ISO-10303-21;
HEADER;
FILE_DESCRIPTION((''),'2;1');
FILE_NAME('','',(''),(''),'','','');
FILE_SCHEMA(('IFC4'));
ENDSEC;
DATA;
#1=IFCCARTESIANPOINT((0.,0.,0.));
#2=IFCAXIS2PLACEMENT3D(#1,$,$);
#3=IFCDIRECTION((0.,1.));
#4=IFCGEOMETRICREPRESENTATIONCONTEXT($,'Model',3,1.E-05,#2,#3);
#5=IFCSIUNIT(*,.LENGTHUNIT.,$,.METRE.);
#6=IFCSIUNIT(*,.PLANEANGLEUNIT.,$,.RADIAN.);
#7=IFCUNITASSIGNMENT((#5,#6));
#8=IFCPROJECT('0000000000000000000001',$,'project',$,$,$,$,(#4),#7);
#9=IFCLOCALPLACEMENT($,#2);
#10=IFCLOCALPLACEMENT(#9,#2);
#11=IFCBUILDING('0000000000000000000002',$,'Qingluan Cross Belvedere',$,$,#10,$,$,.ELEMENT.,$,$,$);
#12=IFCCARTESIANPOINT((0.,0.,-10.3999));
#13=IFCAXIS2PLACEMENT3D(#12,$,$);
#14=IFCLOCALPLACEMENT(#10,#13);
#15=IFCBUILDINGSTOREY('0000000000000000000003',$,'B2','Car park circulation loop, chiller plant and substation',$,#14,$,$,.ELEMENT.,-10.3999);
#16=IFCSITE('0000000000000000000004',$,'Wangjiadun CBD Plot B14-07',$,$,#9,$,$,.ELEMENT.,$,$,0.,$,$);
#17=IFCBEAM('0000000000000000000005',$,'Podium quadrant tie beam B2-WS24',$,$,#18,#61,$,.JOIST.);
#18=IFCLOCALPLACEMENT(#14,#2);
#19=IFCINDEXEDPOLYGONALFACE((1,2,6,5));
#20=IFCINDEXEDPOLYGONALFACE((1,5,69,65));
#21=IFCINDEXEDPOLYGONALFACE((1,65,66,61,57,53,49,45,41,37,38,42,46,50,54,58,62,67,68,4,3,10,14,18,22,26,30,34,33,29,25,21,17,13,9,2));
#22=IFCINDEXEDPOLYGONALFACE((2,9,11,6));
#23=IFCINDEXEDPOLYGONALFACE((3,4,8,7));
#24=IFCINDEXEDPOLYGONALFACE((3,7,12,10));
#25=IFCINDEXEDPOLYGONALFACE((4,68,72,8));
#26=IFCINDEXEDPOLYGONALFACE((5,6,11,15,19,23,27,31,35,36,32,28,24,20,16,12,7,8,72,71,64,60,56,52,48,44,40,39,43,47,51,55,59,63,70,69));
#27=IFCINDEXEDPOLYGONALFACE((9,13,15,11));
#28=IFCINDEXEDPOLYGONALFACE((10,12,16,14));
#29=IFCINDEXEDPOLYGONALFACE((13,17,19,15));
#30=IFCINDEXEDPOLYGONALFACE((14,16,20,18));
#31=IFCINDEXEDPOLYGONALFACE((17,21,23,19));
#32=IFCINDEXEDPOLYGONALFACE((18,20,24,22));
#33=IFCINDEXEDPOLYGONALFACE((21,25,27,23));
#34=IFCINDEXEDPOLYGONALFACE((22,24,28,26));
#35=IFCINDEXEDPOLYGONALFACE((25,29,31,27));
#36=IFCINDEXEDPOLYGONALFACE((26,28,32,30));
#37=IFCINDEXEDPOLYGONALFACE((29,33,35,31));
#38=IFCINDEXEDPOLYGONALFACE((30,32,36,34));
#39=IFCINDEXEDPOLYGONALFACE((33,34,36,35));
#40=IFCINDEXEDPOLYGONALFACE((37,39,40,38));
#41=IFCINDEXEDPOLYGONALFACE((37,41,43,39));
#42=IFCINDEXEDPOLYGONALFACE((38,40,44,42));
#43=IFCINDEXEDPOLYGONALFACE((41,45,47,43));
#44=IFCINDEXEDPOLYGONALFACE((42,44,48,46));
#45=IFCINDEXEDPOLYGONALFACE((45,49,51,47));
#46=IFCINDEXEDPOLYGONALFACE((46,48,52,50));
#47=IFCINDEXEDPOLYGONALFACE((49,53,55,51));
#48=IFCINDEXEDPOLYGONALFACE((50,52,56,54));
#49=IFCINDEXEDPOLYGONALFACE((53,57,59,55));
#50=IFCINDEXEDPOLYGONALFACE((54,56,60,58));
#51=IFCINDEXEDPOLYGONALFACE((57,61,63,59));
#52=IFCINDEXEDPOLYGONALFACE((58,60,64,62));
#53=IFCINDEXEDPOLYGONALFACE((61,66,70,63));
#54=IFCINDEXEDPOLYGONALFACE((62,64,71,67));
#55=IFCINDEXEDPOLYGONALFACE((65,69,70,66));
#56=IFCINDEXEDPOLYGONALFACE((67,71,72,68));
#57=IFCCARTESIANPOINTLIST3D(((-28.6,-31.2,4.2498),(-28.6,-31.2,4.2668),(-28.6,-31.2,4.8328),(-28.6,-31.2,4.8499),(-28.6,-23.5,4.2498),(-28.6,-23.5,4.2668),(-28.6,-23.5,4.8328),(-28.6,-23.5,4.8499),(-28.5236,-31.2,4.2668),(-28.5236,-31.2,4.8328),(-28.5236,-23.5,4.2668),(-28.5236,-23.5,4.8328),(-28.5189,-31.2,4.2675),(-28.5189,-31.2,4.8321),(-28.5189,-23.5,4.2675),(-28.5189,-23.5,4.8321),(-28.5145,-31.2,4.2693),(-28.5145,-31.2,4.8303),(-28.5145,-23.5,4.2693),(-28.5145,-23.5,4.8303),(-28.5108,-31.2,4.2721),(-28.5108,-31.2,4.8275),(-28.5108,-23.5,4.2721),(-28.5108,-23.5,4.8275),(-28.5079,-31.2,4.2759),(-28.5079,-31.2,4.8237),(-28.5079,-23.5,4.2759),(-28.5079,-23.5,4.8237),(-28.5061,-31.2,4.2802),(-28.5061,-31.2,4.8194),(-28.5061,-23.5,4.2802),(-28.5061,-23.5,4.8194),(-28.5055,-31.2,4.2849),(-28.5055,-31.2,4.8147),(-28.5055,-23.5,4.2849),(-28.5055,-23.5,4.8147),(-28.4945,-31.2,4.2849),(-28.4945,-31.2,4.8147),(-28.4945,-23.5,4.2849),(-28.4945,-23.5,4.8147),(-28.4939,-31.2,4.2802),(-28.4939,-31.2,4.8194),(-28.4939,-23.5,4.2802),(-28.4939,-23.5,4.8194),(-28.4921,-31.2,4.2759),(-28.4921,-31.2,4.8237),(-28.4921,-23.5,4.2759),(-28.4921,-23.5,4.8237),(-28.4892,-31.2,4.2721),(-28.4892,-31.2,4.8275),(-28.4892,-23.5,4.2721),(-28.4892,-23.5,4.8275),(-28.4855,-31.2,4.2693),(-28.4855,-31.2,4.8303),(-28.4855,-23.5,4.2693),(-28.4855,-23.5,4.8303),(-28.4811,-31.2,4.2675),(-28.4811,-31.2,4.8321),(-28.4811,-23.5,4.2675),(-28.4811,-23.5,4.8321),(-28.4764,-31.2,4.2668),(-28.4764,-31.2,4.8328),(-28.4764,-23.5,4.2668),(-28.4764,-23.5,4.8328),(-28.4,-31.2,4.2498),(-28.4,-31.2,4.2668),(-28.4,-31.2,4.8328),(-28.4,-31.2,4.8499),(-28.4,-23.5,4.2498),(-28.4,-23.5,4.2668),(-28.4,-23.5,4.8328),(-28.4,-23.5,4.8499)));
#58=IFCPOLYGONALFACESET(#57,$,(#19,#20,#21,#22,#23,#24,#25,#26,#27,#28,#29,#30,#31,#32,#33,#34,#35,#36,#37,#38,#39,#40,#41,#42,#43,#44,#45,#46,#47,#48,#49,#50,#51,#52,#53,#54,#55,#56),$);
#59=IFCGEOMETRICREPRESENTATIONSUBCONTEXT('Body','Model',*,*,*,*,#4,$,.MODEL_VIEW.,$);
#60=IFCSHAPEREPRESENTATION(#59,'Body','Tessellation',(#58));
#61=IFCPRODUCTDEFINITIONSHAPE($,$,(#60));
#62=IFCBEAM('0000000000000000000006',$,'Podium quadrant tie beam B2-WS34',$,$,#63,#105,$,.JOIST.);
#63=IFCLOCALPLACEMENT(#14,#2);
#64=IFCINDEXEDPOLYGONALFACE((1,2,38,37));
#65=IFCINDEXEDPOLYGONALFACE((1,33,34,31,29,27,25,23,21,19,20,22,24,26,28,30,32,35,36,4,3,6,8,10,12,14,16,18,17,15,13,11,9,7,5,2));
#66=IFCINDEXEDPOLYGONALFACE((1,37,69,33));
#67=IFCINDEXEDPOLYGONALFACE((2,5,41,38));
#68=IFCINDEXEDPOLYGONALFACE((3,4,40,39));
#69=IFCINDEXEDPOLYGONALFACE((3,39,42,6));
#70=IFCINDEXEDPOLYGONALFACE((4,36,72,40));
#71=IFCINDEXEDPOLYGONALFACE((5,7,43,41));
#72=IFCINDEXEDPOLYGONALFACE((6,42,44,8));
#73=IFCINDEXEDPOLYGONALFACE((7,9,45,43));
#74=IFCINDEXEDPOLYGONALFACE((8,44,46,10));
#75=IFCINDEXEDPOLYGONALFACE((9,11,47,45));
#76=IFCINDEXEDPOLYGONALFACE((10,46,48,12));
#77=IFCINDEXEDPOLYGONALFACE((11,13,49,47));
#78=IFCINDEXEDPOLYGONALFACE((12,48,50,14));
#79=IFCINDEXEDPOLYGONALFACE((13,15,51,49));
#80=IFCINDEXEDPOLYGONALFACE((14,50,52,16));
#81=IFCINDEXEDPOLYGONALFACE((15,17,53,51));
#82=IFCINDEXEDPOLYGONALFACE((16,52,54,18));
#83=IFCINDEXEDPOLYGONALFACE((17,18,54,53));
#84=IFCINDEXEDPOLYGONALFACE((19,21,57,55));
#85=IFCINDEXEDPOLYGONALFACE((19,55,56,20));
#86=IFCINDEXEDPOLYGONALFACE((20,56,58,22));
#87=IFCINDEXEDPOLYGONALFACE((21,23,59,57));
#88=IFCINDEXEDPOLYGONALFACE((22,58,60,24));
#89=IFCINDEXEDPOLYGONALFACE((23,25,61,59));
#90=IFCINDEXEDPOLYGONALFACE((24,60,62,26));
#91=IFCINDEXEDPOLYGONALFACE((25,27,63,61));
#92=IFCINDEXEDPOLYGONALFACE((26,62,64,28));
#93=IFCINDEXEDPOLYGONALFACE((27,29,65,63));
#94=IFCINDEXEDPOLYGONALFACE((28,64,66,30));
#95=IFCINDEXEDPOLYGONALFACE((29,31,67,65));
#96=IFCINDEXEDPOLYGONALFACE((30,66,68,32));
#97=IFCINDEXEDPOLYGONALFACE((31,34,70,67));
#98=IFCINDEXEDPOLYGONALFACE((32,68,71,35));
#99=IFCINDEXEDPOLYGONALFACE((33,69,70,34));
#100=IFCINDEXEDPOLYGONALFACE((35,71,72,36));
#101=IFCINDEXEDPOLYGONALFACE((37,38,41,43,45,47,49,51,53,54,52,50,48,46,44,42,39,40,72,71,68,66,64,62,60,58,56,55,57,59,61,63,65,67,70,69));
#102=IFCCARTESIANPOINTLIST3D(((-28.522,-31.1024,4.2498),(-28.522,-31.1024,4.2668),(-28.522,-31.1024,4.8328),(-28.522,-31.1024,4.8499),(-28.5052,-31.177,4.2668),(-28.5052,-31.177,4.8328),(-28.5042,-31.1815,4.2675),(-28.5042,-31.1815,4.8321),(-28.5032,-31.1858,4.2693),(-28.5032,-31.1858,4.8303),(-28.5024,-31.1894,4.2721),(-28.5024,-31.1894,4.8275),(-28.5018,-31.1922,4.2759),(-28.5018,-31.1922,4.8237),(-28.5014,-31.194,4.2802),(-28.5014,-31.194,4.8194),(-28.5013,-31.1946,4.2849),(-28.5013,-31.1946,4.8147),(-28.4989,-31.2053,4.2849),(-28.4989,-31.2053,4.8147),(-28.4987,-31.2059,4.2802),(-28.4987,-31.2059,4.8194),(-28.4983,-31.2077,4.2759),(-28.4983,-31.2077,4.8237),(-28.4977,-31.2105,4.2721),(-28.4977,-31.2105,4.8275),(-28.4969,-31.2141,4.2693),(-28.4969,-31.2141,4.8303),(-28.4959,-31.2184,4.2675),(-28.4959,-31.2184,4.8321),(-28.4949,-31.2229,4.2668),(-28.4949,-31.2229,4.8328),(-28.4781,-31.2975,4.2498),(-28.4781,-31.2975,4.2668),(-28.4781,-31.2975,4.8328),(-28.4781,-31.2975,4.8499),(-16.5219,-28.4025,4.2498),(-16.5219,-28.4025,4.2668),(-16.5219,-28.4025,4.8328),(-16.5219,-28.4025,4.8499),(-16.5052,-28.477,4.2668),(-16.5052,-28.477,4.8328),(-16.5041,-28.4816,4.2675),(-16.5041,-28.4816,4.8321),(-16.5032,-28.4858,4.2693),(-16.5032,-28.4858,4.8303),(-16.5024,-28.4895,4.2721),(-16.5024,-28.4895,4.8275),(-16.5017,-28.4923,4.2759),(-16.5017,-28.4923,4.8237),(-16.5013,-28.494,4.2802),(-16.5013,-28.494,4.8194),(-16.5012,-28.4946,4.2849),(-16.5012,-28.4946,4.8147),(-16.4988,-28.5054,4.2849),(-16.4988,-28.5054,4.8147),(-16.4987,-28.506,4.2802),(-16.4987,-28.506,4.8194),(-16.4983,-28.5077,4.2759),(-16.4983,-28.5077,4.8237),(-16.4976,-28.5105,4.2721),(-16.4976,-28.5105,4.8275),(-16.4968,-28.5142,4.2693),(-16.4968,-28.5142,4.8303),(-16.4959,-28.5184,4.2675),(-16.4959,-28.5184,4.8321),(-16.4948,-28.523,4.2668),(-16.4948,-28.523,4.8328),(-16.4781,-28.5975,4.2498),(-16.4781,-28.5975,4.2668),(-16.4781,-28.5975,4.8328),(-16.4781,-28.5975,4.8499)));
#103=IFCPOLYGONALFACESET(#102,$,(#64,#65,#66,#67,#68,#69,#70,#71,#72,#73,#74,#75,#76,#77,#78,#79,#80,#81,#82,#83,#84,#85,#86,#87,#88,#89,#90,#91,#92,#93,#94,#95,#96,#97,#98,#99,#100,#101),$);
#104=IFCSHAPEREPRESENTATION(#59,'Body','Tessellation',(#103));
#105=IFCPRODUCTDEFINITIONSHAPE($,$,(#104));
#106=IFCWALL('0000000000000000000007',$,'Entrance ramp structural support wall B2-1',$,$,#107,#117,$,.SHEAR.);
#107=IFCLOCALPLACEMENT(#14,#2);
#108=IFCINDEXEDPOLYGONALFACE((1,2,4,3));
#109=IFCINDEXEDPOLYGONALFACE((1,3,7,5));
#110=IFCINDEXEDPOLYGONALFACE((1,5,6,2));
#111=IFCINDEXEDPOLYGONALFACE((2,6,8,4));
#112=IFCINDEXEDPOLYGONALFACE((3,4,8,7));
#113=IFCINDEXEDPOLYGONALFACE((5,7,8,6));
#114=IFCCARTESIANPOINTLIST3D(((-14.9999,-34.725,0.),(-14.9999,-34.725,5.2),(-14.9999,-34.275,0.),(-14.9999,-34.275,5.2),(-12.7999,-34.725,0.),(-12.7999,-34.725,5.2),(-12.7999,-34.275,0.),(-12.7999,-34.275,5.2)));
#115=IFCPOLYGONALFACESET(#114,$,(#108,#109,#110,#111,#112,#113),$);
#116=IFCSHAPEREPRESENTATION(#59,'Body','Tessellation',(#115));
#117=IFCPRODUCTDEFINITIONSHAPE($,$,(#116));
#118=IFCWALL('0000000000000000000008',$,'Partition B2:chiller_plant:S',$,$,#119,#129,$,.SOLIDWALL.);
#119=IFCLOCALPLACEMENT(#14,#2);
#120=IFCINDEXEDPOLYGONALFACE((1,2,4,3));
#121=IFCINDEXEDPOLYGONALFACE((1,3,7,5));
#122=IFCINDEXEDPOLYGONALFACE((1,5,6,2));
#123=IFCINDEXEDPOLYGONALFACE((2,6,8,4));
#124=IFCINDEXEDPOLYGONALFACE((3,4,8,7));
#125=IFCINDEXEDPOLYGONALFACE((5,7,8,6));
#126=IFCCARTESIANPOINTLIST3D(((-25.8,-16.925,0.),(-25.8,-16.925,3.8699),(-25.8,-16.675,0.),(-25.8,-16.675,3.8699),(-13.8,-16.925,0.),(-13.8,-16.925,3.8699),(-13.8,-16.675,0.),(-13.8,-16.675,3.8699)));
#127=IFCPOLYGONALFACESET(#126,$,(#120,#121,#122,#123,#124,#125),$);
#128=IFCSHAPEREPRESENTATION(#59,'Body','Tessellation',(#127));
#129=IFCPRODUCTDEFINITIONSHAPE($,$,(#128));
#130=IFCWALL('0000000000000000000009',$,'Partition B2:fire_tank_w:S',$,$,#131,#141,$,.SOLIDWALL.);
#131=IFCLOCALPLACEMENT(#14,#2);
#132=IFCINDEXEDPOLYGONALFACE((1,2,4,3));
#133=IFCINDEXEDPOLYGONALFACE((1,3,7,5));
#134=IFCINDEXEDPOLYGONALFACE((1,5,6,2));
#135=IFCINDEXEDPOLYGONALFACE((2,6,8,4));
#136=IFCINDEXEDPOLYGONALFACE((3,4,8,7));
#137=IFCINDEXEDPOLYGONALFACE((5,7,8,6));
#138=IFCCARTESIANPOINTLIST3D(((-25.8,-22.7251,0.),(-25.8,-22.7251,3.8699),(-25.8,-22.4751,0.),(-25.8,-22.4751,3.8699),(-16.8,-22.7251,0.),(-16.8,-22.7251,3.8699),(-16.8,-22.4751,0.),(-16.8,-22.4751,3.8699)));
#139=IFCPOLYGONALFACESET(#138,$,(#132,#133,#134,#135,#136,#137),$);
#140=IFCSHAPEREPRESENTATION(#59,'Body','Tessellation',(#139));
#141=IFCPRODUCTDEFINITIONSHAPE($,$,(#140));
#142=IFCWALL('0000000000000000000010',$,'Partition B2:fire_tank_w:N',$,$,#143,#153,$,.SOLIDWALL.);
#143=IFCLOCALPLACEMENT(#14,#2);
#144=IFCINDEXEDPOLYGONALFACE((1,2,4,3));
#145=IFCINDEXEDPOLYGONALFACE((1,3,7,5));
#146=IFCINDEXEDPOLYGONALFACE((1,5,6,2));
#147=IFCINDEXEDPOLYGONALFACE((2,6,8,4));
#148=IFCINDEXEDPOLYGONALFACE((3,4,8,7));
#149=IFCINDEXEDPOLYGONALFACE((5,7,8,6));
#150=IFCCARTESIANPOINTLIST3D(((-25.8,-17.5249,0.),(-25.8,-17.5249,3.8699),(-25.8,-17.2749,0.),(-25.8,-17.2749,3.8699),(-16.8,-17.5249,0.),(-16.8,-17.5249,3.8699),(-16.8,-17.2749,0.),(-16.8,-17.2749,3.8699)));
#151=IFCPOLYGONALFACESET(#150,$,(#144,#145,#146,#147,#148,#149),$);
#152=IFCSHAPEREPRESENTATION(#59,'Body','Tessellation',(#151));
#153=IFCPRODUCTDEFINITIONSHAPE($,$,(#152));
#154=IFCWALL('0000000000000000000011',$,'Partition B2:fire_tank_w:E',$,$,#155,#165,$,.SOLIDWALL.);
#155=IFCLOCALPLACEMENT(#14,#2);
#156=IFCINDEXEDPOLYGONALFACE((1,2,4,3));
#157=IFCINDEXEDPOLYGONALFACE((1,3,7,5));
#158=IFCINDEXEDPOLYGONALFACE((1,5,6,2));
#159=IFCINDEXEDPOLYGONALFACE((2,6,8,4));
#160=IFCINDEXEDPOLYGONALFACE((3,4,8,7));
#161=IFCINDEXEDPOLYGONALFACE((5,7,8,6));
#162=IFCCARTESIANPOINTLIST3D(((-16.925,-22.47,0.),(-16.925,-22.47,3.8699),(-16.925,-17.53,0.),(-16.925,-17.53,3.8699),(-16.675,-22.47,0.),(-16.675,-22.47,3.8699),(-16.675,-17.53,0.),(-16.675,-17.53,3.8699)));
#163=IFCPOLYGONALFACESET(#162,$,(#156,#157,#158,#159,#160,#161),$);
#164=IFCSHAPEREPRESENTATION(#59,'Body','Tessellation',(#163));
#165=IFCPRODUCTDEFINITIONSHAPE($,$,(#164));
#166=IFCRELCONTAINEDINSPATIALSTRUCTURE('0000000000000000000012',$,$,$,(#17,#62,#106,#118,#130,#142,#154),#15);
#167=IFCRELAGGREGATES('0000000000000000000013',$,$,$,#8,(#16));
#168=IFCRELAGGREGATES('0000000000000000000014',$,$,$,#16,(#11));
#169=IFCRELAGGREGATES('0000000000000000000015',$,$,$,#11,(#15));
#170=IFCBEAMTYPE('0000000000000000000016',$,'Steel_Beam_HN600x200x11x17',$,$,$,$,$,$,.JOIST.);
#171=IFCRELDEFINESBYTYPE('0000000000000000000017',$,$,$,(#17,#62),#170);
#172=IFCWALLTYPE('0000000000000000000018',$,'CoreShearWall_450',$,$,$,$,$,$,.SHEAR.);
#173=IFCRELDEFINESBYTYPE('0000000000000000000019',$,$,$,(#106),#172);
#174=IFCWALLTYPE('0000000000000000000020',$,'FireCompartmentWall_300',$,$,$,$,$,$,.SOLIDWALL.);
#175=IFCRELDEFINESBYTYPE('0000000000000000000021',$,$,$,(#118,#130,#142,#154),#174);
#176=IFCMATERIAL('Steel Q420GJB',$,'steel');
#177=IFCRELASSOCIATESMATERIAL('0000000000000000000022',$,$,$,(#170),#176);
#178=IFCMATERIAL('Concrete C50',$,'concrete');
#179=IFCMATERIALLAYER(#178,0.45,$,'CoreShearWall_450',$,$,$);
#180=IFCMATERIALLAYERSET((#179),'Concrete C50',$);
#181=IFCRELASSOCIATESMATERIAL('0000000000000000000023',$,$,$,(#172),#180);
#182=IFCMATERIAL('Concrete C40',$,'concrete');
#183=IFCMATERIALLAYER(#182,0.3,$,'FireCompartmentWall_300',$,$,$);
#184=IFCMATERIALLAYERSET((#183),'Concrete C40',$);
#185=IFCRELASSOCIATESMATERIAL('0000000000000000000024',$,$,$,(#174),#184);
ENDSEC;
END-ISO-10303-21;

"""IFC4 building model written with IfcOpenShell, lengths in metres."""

from ifc_helpers import new_model, si_unit, direction, frame, frame_2d, origin, origin_2d, place, context, subcontext, project, spatial, rectangle, i_section, extrude, material, layer, layer_set, material_profile, profile_set, type_object, element, save


model = new_model("IFC4")

# Units and contexts
model_context = context("Model", 3, precision=1e-05, world=origin(), true_north=direction((0.0, 1.0)))
body_context = subcontext(model_context, "Body", "Model", "MODEL_VIEW")
ifc_project = project(units=[si_unit("LENGTHUNIT", "METRE"), si_unit("PLANEANGLEUNIT", "RADIAN")], contexts=[model_context])

# Site, building, storey
site_placement = place(None, origin())
site = spatial("IfcSite", under=ifc_project, at=site_placement, Name="Wangjiadun CBD Plot B14-07", CompositionType="ELEMENT", RefElevation=0.0)
building_placement = place(site_placement, origin())
building = spatial("IfcBuilding", under=site, at=building_placement, Name="Qingluan Cross Belvedere", CompositionType="ELEMENT")
storey_placement = place(building_placement, frame((0.0, 0.0, -10.3999)))
storey = spatial("IfcBuildingStorey", under=building, at=storey_placement, Name="B2", Description="Car park circulation loop, chiller plant and substation", CompositionType="ELEMENT", Elevation=-10.3999)

# Beams
ifc_material_1 = material(Name="Steel Q420GJB", Category="steel")
ifc_material_profile_1 = material_profile(ifc_material_1, i_section(OverallWidth=0.2, OverallDepth=0.6001, WebThickness=0.011, FlangeThickness=0.0171, FilletRadius=0.0181, at=origin_2d()), Name="HN600x200x11x17")
ifc_profile_set_1 = profile_set([ifc_material_profile_1], Name="Steel Q420GJB")
beam_type = type_object("IfcBeamType", Name="Steel_Beam_HN600x200x11x17", PredefinedType="JOIST", material=ifc_profile_set_1)
beam_1_placement = place(storey_placement, frame((-28.5, -23.5, 4.5498), z_axis=(0.0, -1.0, 0.0), x_axis=(1.0, 0.0, 0.0)))
element("IfcBeam", 1, at=beam_1_placement, inside=storey, type_object=beam_type, Name="Podium quadrant tie beam B2-WS24", PredefinedType="JOIST", context=body_context, shape_type="SweptSolid", body=[
    extrude(i_section(OverallWidth=0.2, OverallDepth=0.6001, WebThickness=0.011, FlangeThickness=0.0171, FilletRadius=0.0181, at=origin_2d()), origin(), (0.0, 0.0, 1.0), 7.7),
])
beam_2_placement = place(storey_placement, frame((-16.5, -28.5, 4.5498), z_axis=(-0.975611, -0.219508, 0.0), x_axis=(0.219508, -0.975611, 0.0)))
element("IfcBeam", 2, at=beam_2_placement, inside=storey, type_object=beam_type, Name="Podium quadrant tie beam B2-WS34", PredefinedType="JOIST", context=body_context, shape_type="SweptSolid", body=[
    extrude(i_section(OverallWidth=0.2, OverallDepth=0.6001, WebThickness=0.011, FlangeThickness=0.0171, FilletRadius=0.0181, at=origin_2d()), origin(), (0.0, 0.0, 1.0), 12.3),
])

# Wall
ifc_material_2 = material(Name="Concrete C50", Category="concrete")
ifc_layer_1 = layer(ifc_material_2, 0.45, Name="CoreShearWall_450")
ifc_layer_set_1 = layer_set([ifc_layer_1], Name="Concrete C50")
wall_type_1 = type_object("IfcWallType", Name="CoreShearWall_450", PredefinedType="SHEAR", material=ifc_layer_set_1)
wall_1_placement = place(storey_placement, frame((-15.0, -34.5, 0.0), z_axis=(0.0, 0.0, 1.0), x_axis=(1.0, 0.0, 0.0)))
element("IfcWall", 3, at=wall_1_placement, inside=storey, type_object=wall_type_1, Name="Entrance ramp structural support wall B2-1", PredefinedType="SHEAR", context=body_context, shape_type="SweptSolid", body=[
    extrude(rectangle(XDim=2.2, YDim=0.45, at=frame_2d((1.1001, 0.0))), origin(), (0.0, 0.0, 1.0), 5.2),
])

# Shared definitions
ifc_material_3 = material(Name="Concrete C40", Category="concrete")
ifc_layer_2 = layer(ifc_material_3, 0.3, Name="FireCompartmentWall_300")
ifc_layer_set_2 = layer_set([ifc_layer_2], Name="Concrete C40")
wall_type_2 = type_object("IfcWallType", Name="FireCompartmentWall_300", PredefinedType="SOLIDWALL", material=ifc_layer_set_2)

# Walls
wall_2_placement = place(storey_placement, frame((-25.8, -16.8, 0.0), z_axis=(0.0, 0.0, 1.0), x_axis=(1.0, 0.0, 0.0)))
element("IfcWall", 4, at=wall_2_placement, inside=storey, type_object=wall_type_2, Name="Partition B2:chiller_plant:S", PredefinedType="SOLIDWALL", context=body_context, shape_type="SweptSolid", body=[
    extrude(rectangle(XDim=12.0, YDim=0.25, at=frame_2d((6.0, 0.0))), origin(), (0.0, 0.0, 1.0), 3.8699),
])
for number, where, z_axis, x_axis, name in (
    (5, (-25.8, -22.6001, 0.0), (0.0, 0.0, 1.0), (1.0, 0.0, 0.0), "Partition B2:fire_tank_w:S"),
    (6, (-25.8, -17.3999, 0.0), (0.0, 0.0, 1.0), (1.0, 0.0, 0.0), "Partition B2:fire_tank_w:N"),
):
    element("IfcWall", number, at=place(storey_placement, frame(where, z_axis=z_axis, x_axis=x_axis)), inside=storey, type_object=wall_type_2, Name=name, PredefinedType="SOLIDWALL", context=body_context, shape_type="SweptSolid", body=[
        extrude(rectangle(XDim=9.0, YDim=0.25, at=frame_2d((4.5, 0.0))), origin(), (0.0, 0.0, 1.0), 3.8699),
    ])

# Wall
wall_3_placement = place(storey_placement, frame((-16.8, -22.47, 0.0), z_axis=(0.0, 0.0, 1.0), x_axis=(0.0, 1.0, 0.0)))
element("IfcWall", 7, at=wall_3_placement, inside=storey, type_object=wall_type_2, Name="Partition B2:fire_tank_w:E", PredefinedType="SOLIDWALL", context=body_context, shape_type="SweptSolid", body=[
    extrude(rectangle(XDim=4.9399, YDim=0.25, at=frame_2d((2.47, 0.0))), origin(), (0.0, 0.0, 1.0), 3.8699),
])

save(model, "model.ifc")
